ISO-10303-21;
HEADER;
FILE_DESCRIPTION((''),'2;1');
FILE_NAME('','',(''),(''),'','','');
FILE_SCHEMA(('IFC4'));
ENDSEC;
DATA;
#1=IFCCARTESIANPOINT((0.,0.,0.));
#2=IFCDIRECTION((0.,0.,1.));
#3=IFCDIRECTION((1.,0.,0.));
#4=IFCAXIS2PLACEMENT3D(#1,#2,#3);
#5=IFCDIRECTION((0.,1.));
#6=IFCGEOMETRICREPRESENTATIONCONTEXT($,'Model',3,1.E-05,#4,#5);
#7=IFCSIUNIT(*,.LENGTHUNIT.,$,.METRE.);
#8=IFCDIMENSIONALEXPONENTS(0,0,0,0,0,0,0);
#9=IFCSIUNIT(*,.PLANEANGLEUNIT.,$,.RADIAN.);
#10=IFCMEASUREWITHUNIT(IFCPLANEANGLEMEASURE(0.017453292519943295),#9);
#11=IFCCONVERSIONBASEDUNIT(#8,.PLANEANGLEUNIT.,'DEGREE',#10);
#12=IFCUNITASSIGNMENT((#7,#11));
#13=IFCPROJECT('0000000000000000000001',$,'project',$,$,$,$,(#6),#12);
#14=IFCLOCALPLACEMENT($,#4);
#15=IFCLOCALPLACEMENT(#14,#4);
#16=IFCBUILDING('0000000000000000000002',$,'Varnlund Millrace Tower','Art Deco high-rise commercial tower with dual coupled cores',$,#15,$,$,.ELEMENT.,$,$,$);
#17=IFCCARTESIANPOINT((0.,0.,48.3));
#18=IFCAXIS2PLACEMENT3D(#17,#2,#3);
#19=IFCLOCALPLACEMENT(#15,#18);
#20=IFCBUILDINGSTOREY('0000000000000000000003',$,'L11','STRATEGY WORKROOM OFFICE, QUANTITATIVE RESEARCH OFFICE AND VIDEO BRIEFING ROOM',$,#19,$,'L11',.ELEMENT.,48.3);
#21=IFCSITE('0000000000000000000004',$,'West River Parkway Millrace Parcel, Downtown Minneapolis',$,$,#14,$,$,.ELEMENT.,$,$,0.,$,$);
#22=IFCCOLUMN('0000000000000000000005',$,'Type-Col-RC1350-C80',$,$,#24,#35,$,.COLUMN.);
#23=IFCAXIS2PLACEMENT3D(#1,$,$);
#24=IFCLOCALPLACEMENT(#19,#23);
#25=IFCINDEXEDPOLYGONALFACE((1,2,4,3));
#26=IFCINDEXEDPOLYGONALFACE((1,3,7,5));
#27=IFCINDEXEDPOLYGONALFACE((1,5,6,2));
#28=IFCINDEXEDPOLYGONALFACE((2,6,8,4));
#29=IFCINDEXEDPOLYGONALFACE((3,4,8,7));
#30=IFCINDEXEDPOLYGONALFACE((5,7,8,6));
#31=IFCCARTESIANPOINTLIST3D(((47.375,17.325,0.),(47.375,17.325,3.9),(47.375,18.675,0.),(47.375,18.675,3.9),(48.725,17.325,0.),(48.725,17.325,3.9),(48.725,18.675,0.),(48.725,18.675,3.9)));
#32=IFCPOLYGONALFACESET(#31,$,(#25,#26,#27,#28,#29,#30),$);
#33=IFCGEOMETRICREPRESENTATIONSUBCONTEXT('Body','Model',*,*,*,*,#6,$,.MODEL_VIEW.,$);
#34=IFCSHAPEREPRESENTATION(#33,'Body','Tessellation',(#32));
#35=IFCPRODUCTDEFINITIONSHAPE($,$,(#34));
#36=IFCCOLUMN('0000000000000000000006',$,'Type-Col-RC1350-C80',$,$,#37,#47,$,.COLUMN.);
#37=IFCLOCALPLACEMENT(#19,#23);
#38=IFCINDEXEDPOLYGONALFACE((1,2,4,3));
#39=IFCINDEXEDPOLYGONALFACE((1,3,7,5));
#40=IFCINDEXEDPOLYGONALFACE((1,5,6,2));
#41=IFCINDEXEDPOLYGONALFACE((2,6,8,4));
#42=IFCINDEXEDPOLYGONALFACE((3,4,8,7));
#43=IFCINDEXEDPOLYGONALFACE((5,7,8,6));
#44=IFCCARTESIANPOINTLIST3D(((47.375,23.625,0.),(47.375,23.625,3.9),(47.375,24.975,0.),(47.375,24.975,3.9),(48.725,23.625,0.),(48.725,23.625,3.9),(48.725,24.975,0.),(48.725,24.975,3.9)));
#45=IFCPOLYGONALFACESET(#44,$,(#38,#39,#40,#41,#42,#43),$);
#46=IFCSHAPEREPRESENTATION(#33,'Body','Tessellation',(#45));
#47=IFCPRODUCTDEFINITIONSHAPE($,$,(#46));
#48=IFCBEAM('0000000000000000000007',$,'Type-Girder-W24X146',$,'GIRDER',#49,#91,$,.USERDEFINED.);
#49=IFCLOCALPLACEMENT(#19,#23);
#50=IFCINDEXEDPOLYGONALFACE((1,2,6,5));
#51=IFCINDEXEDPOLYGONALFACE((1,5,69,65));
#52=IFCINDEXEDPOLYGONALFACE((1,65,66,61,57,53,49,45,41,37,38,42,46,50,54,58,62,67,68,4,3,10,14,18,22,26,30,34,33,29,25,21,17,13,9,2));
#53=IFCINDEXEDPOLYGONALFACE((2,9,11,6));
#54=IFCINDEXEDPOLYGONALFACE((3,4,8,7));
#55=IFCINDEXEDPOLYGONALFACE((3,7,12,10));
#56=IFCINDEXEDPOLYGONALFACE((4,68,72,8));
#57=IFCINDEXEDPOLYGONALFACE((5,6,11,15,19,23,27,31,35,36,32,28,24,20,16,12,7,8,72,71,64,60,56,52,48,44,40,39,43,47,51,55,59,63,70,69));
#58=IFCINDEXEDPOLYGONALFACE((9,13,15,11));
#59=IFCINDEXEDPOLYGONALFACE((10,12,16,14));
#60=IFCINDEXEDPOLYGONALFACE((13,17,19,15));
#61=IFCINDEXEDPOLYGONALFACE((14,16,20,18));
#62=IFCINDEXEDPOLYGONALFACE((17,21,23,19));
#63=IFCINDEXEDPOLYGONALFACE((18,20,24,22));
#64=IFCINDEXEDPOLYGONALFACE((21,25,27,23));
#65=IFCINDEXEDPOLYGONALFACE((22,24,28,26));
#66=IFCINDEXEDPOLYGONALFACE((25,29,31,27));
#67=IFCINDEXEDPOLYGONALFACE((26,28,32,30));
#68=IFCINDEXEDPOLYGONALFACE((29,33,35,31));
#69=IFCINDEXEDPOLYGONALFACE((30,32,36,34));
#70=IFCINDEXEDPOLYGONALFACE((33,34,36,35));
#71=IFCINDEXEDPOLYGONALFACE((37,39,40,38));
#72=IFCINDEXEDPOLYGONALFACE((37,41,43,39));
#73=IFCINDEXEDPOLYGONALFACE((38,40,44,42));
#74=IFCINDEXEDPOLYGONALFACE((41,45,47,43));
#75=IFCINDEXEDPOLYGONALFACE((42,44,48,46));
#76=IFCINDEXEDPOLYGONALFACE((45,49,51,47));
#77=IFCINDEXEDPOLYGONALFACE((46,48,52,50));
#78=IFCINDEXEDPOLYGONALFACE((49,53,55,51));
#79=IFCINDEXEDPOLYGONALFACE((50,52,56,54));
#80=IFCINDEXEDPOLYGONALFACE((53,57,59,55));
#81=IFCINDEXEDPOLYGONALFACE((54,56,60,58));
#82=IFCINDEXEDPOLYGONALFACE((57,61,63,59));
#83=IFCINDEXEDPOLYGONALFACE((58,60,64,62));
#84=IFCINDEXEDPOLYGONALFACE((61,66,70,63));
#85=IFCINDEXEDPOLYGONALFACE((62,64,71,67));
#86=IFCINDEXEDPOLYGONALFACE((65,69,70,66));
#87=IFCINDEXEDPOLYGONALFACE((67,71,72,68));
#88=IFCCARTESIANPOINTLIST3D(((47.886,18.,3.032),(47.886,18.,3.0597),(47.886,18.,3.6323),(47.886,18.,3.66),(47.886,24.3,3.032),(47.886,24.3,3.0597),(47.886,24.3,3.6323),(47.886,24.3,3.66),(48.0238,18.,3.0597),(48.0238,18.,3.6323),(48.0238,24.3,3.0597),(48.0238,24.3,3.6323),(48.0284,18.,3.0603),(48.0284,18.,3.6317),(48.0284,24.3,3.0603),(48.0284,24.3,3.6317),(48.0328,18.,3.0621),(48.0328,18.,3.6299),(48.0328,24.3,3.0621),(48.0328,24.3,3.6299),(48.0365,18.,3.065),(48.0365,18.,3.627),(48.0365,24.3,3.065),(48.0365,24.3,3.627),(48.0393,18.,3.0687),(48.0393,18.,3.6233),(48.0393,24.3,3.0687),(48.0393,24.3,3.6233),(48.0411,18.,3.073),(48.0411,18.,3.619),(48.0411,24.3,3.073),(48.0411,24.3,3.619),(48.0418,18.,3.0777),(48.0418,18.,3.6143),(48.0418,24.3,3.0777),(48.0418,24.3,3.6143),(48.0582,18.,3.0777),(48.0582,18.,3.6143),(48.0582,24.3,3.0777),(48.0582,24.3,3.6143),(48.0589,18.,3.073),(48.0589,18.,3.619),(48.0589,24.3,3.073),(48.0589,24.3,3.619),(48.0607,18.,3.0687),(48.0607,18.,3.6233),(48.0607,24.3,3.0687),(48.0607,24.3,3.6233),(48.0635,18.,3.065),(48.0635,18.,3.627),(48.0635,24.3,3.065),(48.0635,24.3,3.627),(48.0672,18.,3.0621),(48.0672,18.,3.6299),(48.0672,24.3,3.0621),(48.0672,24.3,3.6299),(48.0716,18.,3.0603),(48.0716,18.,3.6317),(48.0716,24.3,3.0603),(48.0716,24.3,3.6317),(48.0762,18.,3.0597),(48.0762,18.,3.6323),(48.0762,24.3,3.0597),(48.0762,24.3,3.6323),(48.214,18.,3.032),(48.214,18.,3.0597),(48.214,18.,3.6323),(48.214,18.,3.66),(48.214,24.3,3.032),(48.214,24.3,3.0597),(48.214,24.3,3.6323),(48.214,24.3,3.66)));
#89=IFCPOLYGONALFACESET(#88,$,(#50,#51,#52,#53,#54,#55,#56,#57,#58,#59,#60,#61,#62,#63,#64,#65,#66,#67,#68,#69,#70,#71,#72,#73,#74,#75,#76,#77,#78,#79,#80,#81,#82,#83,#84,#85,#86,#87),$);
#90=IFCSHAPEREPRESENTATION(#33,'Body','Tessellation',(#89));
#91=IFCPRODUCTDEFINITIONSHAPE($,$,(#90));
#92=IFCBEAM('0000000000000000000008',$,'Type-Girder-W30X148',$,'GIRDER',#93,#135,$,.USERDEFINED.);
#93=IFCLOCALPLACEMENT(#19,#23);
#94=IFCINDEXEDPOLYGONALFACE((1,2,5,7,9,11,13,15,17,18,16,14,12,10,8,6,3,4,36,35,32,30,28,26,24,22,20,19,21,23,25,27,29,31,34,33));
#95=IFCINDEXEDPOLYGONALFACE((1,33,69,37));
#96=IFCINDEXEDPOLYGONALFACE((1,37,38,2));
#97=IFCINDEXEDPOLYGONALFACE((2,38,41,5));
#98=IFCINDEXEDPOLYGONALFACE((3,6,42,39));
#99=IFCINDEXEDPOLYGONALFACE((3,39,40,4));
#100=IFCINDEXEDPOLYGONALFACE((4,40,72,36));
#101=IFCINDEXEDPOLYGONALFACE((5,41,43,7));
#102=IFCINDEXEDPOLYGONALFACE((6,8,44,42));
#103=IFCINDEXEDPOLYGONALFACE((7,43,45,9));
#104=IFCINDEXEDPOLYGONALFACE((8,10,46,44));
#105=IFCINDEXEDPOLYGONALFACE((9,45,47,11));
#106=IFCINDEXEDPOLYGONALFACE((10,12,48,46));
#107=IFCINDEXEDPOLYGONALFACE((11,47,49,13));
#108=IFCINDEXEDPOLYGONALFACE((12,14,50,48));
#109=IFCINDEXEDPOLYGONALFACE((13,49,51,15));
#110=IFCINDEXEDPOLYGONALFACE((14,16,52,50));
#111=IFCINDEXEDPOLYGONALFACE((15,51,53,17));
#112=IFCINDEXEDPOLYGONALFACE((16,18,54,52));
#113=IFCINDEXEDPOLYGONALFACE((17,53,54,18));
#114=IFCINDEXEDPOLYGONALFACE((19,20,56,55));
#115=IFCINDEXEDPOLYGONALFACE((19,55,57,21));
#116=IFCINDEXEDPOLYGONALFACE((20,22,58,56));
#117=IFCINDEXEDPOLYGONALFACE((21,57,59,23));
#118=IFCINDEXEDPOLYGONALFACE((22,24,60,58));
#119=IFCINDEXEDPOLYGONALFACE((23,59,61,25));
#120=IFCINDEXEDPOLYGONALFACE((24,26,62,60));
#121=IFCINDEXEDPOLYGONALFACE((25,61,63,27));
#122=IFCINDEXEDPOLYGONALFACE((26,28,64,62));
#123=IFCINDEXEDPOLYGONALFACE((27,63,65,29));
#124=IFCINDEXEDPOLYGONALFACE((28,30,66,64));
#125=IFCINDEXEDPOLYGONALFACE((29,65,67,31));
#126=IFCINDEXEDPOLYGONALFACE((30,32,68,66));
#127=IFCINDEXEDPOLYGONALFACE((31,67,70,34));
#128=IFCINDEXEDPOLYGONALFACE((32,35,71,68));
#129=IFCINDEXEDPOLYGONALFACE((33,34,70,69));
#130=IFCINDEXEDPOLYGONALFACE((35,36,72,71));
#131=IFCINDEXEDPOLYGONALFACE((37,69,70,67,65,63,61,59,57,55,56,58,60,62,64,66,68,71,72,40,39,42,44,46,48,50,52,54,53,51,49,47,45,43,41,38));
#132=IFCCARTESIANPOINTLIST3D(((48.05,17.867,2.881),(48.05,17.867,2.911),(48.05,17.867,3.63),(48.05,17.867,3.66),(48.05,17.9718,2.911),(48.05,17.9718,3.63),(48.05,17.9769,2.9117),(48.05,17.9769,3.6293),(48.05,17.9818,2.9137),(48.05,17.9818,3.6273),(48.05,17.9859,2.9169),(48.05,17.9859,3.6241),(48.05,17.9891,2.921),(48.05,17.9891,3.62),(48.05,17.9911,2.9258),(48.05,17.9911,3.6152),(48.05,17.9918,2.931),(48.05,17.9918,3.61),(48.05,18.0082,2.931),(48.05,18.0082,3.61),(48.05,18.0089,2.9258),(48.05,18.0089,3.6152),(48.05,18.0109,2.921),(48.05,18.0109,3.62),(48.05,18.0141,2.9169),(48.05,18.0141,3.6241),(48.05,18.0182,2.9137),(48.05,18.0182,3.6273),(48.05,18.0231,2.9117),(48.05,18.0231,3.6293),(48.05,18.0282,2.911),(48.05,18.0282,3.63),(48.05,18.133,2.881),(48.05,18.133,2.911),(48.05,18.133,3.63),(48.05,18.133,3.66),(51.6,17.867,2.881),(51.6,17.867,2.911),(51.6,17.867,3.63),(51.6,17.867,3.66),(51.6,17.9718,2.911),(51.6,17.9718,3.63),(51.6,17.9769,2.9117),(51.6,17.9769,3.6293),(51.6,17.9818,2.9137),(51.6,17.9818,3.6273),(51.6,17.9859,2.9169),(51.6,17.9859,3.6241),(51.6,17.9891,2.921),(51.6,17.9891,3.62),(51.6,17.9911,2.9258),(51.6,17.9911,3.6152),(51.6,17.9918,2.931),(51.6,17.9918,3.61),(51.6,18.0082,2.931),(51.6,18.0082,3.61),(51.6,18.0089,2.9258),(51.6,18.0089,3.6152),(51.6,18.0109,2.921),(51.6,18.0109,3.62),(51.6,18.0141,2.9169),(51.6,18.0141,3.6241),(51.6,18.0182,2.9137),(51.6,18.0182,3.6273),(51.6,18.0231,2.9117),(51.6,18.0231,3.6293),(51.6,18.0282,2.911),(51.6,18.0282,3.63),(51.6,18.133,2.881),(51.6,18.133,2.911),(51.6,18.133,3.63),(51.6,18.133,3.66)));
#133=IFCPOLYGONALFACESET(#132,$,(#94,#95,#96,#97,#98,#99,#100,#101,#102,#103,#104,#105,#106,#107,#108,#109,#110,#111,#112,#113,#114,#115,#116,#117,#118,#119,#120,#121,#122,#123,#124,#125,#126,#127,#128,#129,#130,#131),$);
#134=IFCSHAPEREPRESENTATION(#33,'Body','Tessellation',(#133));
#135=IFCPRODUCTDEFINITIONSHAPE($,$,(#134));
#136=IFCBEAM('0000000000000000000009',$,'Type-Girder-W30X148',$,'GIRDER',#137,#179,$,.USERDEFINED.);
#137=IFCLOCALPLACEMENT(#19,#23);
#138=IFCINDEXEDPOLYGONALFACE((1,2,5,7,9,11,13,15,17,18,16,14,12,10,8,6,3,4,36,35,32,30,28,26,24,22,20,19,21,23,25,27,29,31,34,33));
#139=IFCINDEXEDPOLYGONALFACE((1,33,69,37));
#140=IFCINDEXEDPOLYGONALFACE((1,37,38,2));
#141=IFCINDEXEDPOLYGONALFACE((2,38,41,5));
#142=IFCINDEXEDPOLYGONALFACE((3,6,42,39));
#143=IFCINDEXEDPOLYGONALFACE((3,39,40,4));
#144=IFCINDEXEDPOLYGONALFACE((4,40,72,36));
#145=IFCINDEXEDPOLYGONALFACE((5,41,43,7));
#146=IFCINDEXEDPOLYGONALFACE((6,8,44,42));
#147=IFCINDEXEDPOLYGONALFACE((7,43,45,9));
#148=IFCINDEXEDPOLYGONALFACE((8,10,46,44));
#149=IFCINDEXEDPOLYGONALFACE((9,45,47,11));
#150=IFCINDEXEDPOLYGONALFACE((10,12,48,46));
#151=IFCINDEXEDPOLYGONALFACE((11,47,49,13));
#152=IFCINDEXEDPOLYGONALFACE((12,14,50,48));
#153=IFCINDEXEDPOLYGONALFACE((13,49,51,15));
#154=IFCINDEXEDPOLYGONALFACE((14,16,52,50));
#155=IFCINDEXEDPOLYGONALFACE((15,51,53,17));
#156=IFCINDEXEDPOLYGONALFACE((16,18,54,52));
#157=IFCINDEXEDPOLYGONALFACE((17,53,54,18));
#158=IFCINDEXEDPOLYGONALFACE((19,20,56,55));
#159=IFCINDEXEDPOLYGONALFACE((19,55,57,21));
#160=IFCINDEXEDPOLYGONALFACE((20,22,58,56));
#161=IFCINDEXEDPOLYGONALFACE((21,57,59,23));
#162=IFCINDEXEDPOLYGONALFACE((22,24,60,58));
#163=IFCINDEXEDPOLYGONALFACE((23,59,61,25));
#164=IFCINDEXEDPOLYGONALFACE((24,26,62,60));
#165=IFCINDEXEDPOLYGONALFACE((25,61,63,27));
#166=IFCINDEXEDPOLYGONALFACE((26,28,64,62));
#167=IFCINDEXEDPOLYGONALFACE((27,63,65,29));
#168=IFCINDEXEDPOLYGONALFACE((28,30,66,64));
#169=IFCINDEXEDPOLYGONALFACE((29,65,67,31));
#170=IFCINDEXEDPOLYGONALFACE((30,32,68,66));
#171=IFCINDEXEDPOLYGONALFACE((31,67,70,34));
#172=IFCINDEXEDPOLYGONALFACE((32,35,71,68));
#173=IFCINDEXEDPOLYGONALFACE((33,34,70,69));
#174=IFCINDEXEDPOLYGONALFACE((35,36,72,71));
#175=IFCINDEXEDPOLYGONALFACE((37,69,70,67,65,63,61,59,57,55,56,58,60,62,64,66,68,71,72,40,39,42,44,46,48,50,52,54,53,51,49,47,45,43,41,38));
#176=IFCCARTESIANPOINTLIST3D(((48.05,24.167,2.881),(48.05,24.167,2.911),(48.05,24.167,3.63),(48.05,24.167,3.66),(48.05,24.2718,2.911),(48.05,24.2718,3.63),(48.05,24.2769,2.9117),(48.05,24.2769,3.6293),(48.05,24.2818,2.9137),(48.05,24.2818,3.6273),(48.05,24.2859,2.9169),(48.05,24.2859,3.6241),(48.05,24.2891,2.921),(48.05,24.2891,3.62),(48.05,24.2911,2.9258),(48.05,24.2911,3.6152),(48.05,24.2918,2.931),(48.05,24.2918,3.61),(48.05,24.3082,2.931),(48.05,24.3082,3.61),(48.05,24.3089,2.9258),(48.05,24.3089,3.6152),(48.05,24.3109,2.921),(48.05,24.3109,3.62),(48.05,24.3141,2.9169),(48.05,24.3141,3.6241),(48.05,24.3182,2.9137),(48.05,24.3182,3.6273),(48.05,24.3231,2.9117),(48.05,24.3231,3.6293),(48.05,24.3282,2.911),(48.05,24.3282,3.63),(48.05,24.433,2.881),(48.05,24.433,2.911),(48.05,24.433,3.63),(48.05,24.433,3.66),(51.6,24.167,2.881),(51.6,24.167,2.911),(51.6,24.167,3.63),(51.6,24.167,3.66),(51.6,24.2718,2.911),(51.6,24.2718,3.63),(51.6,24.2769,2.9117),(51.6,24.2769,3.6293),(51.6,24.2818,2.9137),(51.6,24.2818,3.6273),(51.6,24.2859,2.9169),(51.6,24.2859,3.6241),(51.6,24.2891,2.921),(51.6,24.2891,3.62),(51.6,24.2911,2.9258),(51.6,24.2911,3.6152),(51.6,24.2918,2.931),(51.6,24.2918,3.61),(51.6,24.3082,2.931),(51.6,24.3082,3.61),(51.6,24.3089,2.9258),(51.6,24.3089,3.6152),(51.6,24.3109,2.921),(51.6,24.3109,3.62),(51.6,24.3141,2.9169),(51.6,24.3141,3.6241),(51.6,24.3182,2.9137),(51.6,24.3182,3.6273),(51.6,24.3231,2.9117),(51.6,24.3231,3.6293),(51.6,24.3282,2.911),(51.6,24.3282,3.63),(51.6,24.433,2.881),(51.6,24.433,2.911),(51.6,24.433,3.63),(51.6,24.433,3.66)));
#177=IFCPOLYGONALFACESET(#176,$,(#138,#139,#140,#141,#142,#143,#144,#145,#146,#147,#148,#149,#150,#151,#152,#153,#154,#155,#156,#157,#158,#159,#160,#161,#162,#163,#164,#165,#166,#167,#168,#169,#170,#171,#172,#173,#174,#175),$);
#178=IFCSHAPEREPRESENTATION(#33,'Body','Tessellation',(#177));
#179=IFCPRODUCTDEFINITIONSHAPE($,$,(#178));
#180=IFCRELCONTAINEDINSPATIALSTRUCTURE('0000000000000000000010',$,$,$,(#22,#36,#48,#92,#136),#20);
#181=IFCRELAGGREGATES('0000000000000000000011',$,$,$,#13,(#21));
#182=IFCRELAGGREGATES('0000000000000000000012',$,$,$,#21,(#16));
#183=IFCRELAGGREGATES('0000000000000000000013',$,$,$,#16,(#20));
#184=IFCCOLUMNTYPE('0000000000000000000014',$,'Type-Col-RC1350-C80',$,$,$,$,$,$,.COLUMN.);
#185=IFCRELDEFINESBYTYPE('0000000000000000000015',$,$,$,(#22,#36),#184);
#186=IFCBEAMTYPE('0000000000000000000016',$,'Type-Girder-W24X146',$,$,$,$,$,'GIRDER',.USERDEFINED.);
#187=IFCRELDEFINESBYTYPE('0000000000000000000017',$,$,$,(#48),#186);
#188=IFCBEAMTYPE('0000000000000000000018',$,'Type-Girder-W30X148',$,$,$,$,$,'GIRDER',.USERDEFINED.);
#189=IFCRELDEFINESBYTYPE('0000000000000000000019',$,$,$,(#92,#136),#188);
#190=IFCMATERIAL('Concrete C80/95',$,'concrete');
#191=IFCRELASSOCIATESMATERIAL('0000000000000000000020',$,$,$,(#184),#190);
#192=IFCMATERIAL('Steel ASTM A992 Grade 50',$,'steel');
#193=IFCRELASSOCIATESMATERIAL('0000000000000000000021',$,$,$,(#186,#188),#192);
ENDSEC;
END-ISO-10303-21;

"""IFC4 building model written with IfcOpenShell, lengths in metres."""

from ifc_helpers import new_model, entity, si_unit, converted_unit, direction, frame, origin_with_axes, origin_2d_with_axis, place, context, subcontext, project, spatial, rectangle, i_section, extrude, material, material_profile, profile_set, type_object, element, save


model = new_model("IFC4")

# Units and contexts
model_context = context("Model", 3, precision=1e-05, world=origin_with_axes(), true_north=direction((0.0, 1.0)))
body_context = subcontext(model_context, "Body", "Model", "MODEL_VIEW")
ifc_project = project(units=[si_unit("LENGTHUNIT", "METRE"), converted_unit("PLANEANGLEUNIT", "DEGREE", entity("IfcPlaneAngleMeasure", 0.017453292519943295), si_unit("PLANEANGLEUNIT", "RADIAN"), dimensions=[0, 0, 0, 0, 0, 0, 0])], contexts=[model_context])

# Site, building, storey
site_placement = place(None, origin_with_axes())
site = spatial("IfcSite", under=ifc_project, at=site_placement, Name="West River Parkway Millrace Parcel, Downtown Minneapolis", CompositionType="ELEMENT", RefElevation=0.0)
building_placement = place(site_placement, origin_with_axes())
building = spatial("IfcBuilding", under=site, at=building_placement, Name="Varnlund Millrace Tower", Description="Art Deco high-rise commercial tower with dual coupled cores", CompositionType="ELEMENT")
storey_placement = place(building_placement, frame((0.0, 0.0, 48.3), z_axis=(0.0, 0.0, 1.0), x_axis=(1.0, 0.0, 0.0)))
storey = spatial("IfcBuildingStorey", under=building, at=storey_placement, Name="L11", Description="STRATEGY WORKROOM OFFICE, QUANTITATIVE RESEARCH OFFICE AND VIDEO BRIEFING ROOM", LongName="L11", CompositionType="ELEMENT", Elevation=48.3)

# Columns
ifc_material_1 = material(Name="Concrete C80/95", Category="concrete")
ifc_material_profile_1 = material_profile(ifc_material_1, rectangle(XDim=1.35, YDim=1.35, at=origin_2d_with_axis()), Name="Concrete C80/95")
ifc_profile_set_1 = profile_set([ifc_material_profile_1], Name="Concrete C80/95")
column_type = type_object("IfcColumnType", Name="Type-Col-RC1350-C80", PredefinedType="COLUMN", material=ifc_profile_set_1)
for number, where, z_axis, x_axis, name in (
    (1, (48.05, 18.0, 0.0), (0.0, 0.0, 1.0), (1.0, 0.0, 0.0), "Type-Col-RC1350-C80"),
    (2, (48.05, 24.3, 0.0), (0.0, 0.0, 1.0), (1.0, 0.0, 0.0), "Type-Col-RC1350-C80"),
):
    element("IfcColumn", number, at=place(storey_placement, frame(where, z_axis=z_axis, x_axis=x_axis)), inside=storey, type_object=column_type, Name=name, PredefinedType="COLUMN", context=body_context, shape_type="SweptSolid", body=[
        extrude(rectangle(XDim=1.35, YDim=1.35, at=origin_2d_with_axis()), origin_with_axes(), (0.0, 0.0, 1.0), 3.9),
    ])

# Beams
ifc_material_2 = material(Name="Steel ASTM A992 Grade 50", Category="steel")
ifc_material_profile_2 = material_profile(ifc_material_2, i_section(OverallWidth=0.328, OverallDepth=0.628, WebThickness=0.0165, FlangeThickness=0.0277, FilletRadius=0.018, at=origin_2d_with_axis()), Name="Steel ASTM A992 Grade 50")
ifc_profile_set_2 = profile_set([ifc_material_profile_2], Name="Steel ASTM A992 Grade 50")
beam_type_1 = type_object("IfcBeamType", Name="Type-Girder-W24X146", ElementType="GIRDER", PredefinedType="USERDEFINED", material=ifc_profile_set_2)
beam_1_placement = place(storey_placement, frame((48.05, 18.0, 3.346), z_axis=(0.0, 1.0, 0.0), x_axis=(-1.0, 0.0, 0.0)))
element("IfcBeam", 3, at=beam_1_placement, inside=storey, type_object=beam_type_1, Name="Type-Girder-W24X146", ObjectType="GIRDER", PredefinedType="USERDEFINED", context=body_context, shape_type="SweptSolid", body=[
    extrude(i_section(OverallWidth=0.328, OverallDepth=0.628, WebThickness=0.0165, FlangeThickness=0.0277, FilletRadius=0.018, at=origin_2d_with_axis()), origin_with_axes(), (0.0, 0.0, 1.0), 6.3),
])
ifc_material_profile_3 = material_profile(ifc_material_2, i_section(OverallWidth=0.266, OverallDepth=0.779, WebThickness=0.0165, FlangeThickness=0.03, FilletRadius=0.02, at=origin_2d_with_axis()), Name="Steel ASTM A992 Grade 50")
ifc_profile_set_3 = profile_set([ifc_material_profile_3], Name="Steel ASTM A992 Grade 50")
beam_type_2 = type_object("IfcBeamType", Name="Type-Girder-W30X148", ElementType="GIRDER", PredefinedType="USERDEFINED", material=ifc_profile_set_3)
for number, where, z_axis, x_axis, name in (
    (4, (48.05, 18.0, 3.2705), (1.0, 0.0, 0.0), (0.0, 1.0, 0.0), "Type-Girder-W30X148"),
    (5, (48.05, 24.3, 3.2705), (1.0, 0.0, 0.0), (0.0, 1.0, 0.0), "Type-Girder-W30X148"),
):
    element("IfcBeam", number, at=place(storey_placement, frame(where, z_axis=z_axis, x_axis=x_axis)), inside=storey, type_object=beam_type_2, Name=name, ObjectType="GIRDER", PredefinedType="USERDEFINED", context=body_context, shape_type="SweptSolid", body=[
        extrude(i_section(OverallWidth=0.266, OverallDepth=0.779, WebThickness=0.0165, FlangeThickness=0.03, FilletRadius=0.02, at=origin_2d_with_axis()), origin_with_axes(), (0.0, 0.0, 1.0), 3.55),
    ])

save(model, "model.ifc")
